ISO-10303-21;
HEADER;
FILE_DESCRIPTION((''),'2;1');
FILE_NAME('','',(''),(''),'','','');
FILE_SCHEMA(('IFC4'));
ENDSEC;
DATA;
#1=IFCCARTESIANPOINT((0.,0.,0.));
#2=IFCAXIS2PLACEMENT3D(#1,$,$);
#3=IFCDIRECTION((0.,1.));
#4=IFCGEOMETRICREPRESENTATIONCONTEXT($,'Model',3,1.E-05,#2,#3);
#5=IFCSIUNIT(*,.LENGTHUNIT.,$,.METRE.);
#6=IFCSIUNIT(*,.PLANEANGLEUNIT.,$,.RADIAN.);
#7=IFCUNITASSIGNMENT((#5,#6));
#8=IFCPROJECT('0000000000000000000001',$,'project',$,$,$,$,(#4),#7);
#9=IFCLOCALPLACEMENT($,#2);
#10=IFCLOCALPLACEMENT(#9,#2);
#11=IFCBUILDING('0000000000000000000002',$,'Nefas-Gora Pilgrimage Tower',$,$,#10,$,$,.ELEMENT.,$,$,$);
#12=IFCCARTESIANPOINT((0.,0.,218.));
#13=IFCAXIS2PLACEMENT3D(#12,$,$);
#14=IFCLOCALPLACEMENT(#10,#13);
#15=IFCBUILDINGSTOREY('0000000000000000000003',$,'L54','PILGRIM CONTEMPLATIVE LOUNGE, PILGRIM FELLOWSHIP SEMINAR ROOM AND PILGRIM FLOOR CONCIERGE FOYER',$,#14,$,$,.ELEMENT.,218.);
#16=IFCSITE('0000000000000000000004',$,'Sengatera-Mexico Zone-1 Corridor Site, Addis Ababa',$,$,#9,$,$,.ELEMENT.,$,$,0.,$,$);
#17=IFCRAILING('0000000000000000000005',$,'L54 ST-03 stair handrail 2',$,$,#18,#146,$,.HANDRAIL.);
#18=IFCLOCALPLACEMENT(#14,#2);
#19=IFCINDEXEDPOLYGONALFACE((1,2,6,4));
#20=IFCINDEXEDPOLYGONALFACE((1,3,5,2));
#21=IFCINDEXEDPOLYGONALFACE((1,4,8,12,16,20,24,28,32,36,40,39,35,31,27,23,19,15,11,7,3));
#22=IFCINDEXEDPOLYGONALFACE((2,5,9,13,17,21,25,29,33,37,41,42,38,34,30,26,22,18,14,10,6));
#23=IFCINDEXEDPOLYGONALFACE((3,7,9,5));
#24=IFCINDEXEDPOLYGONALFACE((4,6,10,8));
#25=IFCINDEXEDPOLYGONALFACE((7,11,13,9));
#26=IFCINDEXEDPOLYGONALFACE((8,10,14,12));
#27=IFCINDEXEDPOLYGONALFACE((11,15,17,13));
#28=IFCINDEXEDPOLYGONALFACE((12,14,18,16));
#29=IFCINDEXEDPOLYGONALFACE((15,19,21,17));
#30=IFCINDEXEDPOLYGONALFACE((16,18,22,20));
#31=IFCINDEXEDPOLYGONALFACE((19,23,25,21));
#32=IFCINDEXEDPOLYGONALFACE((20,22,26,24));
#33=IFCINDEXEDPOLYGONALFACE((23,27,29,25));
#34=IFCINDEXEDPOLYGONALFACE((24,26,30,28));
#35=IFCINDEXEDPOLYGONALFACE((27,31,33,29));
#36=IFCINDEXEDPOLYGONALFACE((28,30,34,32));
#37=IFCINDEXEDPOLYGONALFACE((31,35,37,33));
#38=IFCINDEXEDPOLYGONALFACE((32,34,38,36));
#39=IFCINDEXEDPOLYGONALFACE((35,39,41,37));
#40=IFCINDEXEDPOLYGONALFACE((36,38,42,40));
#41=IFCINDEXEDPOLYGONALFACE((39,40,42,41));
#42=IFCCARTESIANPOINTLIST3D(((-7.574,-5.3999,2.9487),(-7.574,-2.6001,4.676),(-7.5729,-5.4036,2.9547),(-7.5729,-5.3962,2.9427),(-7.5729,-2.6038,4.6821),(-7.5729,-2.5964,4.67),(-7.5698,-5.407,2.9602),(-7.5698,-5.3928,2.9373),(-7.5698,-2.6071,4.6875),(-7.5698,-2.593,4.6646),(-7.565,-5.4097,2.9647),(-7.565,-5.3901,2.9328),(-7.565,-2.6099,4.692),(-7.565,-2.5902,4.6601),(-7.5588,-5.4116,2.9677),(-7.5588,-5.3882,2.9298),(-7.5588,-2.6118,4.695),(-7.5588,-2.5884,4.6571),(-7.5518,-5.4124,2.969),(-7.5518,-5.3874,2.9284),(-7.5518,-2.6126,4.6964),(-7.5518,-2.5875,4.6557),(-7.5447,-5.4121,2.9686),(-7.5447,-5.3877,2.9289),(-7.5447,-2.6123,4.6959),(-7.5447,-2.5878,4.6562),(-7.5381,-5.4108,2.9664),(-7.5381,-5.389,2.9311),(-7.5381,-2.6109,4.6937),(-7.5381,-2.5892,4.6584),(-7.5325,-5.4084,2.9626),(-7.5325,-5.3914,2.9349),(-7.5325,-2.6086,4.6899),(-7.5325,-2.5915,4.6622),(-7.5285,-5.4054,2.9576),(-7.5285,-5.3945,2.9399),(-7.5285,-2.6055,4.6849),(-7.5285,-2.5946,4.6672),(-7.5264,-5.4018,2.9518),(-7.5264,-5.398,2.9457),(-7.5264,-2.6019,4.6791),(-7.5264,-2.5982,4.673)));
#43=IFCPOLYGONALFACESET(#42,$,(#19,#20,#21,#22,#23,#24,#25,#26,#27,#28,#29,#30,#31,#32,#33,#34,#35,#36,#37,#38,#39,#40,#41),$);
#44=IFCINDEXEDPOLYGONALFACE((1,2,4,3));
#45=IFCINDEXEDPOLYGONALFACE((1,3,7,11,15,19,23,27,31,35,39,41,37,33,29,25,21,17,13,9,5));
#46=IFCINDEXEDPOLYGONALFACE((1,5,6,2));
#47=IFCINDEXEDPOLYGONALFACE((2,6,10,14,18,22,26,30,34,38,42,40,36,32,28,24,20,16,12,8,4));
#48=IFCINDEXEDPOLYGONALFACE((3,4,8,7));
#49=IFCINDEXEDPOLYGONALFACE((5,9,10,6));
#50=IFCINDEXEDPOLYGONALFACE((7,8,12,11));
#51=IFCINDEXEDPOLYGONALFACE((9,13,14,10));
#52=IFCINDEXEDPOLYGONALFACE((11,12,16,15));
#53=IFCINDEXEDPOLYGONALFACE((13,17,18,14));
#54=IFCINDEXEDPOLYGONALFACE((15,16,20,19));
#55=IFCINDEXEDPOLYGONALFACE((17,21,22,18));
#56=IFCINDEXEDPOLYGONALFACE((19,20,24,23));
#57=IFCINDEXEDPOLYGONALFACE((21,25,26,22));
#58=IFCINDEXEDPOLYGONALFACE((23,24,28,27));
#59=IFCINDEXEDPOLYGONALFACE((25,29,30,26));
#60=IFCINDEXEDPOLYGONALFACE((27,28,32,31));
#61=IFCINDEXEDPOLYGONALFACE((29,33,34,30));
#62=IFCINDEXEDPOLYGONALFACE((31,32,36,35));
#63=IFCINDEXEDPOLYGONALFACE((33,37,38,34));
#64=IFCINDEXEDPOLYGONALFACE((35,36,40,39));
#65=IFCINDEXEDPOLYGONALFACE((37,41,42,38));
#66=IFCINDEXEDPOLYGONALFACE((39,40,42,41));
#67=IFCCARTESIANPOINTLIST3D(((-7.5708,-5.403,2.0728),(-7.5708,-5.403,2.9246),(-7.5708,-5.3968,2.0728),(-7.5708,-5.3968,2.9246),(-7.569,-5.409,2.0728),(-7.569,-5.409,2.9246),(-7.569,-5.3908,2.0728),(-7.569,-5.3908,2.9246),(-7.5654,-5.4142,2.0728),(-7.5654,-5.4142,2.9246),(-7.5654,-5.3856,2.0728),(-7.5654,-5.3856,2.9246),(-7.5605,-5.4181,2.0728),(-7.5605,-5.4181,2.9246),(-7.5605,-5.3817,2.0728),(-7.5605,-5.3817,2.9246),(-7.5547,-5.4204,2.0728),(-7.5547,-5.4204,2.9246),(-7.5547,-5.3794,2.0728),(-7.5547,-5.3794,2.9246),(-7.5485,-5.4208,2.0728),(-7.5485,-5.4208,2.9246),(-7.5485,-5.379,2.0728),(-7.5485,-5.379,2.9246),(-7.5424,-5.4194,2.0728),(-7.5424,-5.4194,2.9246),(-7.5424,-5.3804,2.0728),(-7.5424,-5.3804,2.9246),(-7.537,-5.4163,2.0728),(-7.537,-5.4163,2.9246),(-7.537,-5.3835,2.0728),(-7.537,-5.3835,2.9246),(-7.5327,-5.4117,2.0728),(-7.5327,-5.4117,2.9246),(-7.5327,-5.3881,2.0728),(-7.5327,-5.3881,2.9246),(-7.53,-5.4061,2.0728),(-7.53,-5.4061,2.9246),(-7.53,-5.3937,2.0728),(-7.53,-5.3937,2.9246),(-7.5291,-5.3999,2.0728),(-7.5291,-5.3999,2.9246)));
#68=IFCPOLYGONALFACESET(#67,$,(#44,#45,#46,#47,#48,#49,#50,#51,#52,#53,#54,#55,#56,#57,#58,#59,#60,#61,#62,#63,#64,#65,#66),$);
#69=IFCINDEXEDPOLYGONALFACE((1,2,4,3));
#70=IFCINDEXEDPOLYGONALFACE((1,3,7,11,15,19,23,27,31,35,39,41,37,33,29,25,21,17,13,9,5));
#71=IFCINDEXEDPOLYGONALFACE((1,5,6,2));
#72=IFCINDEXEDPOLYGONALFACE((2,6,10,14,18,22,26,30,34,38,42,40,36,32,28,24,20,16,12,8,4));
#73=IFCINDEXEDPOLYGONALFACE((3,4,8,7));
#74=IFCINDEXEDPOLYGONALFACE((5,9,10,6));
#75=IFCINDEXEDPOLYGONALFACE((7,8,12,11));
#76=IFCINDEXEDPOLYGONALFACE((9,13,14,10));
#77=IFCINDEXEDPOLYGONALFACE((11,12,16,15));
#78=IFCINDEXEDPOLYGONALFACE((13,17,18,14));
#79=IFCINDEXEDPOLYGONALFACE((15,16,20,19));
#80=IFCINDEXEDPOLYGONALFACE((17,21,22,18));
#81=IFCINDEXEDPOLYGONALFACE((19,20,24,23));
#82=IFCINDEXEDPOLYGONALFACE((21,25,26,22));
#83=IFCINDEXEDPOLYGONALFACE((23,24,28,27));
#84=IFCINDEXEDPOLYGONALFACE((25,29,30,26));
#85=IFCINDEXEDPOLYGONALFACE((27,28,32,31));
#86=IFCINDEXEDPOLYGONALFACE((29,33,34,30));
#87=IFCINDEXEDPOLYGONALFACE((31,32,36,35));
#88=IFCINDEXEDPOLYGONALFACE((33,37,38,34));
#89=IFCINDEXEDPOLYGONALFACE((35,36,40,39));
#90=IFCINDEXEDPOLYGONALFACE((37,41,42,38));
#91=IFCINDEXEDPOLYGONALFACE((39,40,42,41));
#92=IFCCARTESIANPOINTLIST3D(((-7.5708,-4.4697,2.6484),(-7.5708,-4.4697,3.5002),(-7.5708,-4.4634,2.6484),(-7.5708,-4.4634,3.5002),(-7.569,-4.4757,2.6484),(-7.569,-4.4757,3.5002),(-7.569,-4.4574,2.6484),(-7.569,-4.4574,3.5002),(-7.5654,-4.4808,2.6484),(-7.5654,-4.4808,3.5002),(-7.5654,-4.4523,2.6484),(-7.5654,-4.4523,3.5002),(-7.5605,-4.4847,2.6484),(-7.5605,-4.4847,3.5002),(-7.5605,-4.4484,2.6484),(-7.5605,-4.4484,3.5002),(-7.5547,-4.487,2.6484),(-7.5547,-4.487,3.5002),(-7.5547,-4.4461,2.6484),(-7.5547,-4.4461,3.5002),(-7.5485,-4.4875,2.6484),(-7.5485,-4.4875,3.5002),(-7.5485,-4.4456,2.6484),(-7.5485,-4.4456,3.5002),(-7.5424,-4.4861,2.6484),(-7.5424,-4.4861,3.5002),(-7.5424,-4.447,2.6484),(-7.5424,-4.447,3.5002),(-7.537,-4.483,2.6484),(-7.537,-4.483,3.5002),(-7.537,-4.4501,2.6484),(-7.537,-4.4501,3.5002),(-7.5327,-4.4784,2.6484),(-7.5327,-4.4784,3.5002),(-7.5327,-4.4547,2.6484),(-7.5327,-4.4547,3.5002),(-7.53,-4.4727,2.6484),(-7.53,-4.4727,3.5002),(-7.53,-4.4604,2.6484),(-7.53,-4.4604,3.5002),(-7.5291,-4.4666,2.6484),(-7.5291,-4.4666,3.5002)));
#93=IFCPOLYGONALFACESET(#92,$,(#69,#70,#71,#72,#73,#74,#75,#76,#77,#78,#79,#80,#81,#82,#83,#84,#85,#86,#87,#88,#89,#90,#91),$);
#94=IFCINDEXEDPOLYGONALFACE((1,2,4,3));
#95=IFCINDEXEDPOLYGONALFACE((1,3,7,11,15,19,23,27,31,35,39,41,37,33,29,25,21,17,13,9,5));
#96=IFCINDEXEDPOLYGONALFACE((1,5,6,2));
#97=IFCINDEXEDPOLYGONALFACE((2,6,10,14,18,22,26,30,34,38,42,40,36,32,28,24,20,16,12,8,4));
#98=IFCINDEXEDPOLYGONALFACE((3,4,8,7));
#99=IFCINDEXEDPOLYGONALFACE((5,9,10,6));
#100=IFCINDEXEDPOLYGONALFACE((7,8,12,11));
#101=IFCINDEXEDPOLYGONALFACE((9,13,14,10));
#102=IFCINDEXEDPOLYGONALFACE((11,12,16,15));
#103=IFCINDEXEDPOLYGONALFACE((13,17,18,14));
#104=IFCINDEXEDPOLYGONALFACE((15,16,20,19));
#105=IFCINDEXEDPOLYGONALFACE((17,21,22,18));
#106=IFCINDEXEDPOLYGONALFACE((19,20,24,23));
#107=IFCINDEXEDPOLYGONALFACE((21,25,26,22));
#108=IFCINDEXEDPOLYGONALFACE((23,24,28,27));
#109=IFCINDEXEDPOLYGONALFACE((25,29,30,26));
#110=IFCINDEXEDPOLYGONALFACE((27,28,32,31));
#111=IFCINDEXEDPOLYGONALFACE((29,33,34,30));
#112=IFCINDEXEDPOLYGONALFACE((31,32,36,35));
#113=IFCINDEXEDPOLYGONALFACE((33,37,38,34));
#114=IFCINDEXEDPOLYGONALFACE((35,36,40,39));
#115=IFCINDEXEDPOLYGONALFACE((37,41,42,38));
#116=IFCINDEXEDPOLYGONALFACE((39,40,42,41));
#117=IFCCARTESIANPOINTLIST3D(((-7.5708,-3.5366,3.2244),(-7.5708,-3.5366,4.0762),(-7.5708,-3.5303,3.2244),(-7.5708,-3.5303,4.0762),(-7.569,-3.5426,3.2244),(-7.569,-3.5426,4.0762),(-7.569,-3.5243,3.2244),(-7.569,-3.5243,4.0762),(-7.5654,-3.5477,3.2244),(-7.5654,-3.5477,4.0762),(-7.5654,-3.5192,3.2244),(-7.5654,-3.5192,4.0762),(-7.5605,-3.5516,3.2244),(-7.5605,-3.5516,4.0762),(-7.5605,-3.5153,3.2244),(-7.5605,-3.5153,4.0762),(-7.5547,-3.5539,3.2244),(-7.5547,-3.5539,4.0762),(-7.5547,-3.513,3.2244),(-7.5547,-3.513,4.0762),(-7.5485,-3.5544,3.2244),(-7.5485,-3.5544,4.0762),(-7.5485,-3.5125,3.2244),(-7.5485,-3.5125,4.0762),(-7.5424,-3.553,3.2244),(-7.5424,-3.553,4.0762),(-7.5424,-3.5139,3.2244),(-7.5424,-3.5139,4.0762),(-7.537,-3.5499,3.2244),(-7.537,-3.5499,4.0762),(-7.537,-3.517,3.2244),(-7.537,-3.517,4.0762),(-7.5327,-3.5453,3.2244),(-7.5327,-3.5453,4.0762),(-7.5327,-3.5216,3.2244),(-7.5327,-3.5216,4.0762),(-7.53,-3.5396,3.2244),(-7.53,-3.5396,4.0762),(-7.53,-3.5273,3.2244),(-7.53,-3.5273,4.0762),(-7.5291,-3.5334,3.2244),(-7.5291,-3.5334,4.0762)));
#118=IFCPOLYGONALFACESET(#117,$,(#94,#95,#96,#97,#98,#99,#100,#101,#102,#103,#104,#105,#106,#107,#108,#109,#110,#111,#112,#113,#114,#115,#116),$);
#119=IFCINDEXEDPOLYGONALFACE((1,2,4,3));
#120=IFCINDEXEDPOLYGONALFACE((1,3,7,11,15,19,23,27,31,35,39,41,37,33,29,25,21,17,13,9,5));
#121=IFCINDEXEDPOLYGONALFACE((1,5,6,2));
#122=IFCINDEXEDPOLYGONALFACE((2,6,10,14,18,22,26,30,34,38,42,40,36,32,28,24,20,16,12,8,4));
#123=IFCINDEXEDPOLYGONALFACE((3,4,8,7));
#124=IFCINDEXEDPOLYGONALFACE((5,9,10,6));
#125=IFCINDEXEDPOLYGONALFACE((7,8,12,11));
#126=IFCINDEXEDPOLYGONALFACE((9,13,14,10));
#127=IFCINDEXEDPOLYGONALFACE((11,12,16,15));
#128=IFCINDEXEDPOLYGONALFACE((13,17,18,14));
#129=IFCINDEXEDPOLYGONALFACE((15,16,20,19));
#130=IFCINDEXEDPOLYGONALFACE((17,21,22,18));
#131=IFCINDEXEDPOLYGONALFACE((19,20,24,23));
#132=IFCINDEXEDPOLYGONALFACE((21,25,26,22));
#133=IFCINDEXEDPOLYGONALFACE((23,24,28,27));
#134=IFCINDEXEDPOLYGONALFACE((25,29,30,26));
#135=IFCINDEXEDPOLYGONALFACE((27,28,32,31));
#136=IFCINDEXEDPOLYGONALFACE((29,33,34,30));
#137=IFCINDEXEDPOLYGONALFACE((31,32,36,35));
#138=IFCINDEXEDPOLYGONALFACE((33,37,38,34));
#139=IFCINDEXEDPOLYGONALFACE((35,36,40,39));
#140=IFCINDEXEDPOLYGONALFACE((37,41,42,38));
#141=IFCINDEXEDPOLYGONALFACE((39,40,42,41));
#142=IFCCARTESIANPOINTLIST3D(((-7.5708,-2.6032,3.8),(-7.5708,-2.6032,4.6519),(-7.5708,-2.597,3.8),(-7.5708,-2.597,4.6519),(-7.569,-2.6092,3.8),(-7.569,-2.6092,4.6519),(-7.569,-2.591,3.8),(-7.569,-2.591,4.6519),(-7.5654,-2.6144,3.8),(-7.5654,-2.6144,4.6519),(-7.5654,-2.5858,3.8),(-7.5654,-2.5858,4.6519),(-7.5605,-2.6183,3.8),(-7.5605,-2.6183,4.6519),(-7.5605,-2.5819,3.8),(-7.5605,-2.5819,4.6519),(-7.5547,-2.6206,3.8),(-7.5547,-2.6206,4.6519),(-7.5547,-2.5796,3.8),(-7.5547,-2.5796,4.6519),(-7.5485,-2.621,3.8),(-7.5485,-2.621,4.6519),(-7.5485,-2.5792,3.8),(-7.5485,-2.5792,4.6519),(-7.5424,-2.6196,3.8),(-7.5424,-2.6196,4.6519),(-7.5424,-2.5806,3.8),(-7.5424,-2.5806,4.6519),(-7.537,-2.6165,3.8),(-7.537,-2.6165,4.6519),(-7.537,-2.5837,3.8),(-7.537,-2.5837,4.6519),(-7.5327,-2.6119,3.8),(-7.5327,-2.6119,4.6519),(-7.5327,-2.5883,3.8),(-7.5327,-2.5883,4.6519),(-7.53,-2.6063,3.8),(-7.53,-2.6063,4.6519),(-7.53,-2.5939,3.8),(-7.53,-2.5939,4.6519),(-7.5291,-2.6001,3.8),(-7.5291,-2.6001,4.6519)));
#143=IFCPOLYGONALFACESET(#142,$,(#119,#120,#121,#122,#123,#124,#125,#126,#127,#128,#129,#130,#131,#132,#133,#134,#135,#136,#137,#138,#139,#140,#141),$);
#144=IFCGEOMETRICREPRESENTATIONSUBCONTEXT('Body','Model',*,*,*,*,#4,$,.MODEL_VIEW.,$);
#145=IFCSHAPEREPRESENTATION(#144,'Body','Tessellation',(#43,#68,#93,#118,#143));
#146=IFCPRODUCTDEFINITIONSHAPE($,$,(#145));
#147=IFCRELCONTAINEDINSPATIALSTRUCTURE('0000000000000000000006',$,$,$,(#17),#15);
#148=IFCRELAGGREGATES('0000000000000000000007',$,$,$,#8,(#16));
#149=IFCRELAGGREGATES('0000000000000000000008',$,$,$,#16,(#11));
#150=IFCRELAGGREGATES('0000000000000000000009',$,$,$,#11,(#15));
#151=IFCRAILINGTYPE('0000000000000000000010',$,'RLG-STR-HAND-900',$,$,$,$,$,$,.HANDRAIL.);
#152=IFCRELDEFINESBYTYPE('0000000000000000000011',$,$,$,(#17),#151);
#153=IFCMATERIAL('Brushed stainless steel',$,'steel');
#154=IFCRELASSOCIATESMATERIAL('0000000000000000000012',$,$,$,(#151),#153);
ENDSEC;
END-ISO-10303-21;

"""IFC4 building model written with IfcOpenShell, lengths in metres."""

from ifc_helpers import new_model, si_unit, direction, frame, origin, origin_2d, place, context, subcontext, project, spatial, circle, extrude, material, type_object, element, save


model = new_model("IFC4")

# Units and contexts
model_context = context("Model", 3, precision=1e-05, world=origin(), true_north=direction((0.0, 1.0)))
body_context = subcontext(model_context, "Body", "Model", "MODEL_VIEW")
ifc_project = project(units=[si_unit("LENGTHUNIT", "METRE"), si_unit("PLANEANGLEUNIT", "RADIAN")], contexts=[model_context])

# Site, building, storey
site_placement = place(None, origin())
site = spatial("IfcSite", under=ifc_project, at=site_placement, Name="Sengatera-Mexico Zone-1 Corridor Site, Addis Ababa", CompositionType="ELEMENT", RefElevation=0.0)
building_placement = place(site_placement, origin())
building = spatial("IfcBuilding", under=site, at=building_placement, Name="Nefas-Gora Pilgrimage Tower", CompositionType="ELEMENT")
storey_placement = place(building_placement, frame((0.0, 0.0, 218.0)))
storey = spatial("IfcBuildingStorey", under=building, at=storey_placement, Name="L54", Description="PILGRIM CONTEMPLATIVE LOUNGE, PILGRIM FELLOWSHIP SEMINAR ROOM AND PILGRIM FLOOR CONCIERGE FOYER", CompositionType="ELEMENT", Elevation=218.0)

# Railing
ifc_material_1 = material(Name="Brushed stainless steel", Category="steel")
railing_type_1 = type_object("IfcRailingType", Name="RLG-STR-HAND-900", PredefinedType="HANDRAIL", material=ifc_material_1)
railing_1_placement = place(storey_placement, frame((-7.55, -5.3999, 2.0728)))
element("IfcRailing", 1, at=railing_1_placement, inside=storey, type_object=railing_type_1, Name="L54 ST-03 stair handrail 2", PredefinedType="HANDRAIL", context=body_context, shape_type="SweptSolid", body=[
    extrude(circle(Radius=0.0239, at=origin_2d()), frame((0.0, 0.0, 0.876), z_axis=(0.0, 0.851069, 0.525054), x_axis=(-1.0, 0.0, 0.0)), (0.0, 0.0, 1.0), 3.2898),
    extrude(circle(Radius=0.021, at=origin_2d()), origin(), (0.0, 0.0, 1.0), 0.8518),
    extrude(circle(Radius=0.021, at=origin_2d()), frame((0.0, 0.9333, 0.5757)), (0.0, 0.0, 1.0), 0.8518),
    extrude(circle(Radius=0.021, at=origin_2d()), frame((0.0, 1.8665, 1.1516)), (0.0, 0.0, 1.0), 0.8518),
    extrude(circle(Radius=0.021, at=origin_2d()), frame((0.0, 2.7998, 1.7273)), (0.0, 0.0, 1.0), 0.8518),
])

save(model, "model.ifc")
